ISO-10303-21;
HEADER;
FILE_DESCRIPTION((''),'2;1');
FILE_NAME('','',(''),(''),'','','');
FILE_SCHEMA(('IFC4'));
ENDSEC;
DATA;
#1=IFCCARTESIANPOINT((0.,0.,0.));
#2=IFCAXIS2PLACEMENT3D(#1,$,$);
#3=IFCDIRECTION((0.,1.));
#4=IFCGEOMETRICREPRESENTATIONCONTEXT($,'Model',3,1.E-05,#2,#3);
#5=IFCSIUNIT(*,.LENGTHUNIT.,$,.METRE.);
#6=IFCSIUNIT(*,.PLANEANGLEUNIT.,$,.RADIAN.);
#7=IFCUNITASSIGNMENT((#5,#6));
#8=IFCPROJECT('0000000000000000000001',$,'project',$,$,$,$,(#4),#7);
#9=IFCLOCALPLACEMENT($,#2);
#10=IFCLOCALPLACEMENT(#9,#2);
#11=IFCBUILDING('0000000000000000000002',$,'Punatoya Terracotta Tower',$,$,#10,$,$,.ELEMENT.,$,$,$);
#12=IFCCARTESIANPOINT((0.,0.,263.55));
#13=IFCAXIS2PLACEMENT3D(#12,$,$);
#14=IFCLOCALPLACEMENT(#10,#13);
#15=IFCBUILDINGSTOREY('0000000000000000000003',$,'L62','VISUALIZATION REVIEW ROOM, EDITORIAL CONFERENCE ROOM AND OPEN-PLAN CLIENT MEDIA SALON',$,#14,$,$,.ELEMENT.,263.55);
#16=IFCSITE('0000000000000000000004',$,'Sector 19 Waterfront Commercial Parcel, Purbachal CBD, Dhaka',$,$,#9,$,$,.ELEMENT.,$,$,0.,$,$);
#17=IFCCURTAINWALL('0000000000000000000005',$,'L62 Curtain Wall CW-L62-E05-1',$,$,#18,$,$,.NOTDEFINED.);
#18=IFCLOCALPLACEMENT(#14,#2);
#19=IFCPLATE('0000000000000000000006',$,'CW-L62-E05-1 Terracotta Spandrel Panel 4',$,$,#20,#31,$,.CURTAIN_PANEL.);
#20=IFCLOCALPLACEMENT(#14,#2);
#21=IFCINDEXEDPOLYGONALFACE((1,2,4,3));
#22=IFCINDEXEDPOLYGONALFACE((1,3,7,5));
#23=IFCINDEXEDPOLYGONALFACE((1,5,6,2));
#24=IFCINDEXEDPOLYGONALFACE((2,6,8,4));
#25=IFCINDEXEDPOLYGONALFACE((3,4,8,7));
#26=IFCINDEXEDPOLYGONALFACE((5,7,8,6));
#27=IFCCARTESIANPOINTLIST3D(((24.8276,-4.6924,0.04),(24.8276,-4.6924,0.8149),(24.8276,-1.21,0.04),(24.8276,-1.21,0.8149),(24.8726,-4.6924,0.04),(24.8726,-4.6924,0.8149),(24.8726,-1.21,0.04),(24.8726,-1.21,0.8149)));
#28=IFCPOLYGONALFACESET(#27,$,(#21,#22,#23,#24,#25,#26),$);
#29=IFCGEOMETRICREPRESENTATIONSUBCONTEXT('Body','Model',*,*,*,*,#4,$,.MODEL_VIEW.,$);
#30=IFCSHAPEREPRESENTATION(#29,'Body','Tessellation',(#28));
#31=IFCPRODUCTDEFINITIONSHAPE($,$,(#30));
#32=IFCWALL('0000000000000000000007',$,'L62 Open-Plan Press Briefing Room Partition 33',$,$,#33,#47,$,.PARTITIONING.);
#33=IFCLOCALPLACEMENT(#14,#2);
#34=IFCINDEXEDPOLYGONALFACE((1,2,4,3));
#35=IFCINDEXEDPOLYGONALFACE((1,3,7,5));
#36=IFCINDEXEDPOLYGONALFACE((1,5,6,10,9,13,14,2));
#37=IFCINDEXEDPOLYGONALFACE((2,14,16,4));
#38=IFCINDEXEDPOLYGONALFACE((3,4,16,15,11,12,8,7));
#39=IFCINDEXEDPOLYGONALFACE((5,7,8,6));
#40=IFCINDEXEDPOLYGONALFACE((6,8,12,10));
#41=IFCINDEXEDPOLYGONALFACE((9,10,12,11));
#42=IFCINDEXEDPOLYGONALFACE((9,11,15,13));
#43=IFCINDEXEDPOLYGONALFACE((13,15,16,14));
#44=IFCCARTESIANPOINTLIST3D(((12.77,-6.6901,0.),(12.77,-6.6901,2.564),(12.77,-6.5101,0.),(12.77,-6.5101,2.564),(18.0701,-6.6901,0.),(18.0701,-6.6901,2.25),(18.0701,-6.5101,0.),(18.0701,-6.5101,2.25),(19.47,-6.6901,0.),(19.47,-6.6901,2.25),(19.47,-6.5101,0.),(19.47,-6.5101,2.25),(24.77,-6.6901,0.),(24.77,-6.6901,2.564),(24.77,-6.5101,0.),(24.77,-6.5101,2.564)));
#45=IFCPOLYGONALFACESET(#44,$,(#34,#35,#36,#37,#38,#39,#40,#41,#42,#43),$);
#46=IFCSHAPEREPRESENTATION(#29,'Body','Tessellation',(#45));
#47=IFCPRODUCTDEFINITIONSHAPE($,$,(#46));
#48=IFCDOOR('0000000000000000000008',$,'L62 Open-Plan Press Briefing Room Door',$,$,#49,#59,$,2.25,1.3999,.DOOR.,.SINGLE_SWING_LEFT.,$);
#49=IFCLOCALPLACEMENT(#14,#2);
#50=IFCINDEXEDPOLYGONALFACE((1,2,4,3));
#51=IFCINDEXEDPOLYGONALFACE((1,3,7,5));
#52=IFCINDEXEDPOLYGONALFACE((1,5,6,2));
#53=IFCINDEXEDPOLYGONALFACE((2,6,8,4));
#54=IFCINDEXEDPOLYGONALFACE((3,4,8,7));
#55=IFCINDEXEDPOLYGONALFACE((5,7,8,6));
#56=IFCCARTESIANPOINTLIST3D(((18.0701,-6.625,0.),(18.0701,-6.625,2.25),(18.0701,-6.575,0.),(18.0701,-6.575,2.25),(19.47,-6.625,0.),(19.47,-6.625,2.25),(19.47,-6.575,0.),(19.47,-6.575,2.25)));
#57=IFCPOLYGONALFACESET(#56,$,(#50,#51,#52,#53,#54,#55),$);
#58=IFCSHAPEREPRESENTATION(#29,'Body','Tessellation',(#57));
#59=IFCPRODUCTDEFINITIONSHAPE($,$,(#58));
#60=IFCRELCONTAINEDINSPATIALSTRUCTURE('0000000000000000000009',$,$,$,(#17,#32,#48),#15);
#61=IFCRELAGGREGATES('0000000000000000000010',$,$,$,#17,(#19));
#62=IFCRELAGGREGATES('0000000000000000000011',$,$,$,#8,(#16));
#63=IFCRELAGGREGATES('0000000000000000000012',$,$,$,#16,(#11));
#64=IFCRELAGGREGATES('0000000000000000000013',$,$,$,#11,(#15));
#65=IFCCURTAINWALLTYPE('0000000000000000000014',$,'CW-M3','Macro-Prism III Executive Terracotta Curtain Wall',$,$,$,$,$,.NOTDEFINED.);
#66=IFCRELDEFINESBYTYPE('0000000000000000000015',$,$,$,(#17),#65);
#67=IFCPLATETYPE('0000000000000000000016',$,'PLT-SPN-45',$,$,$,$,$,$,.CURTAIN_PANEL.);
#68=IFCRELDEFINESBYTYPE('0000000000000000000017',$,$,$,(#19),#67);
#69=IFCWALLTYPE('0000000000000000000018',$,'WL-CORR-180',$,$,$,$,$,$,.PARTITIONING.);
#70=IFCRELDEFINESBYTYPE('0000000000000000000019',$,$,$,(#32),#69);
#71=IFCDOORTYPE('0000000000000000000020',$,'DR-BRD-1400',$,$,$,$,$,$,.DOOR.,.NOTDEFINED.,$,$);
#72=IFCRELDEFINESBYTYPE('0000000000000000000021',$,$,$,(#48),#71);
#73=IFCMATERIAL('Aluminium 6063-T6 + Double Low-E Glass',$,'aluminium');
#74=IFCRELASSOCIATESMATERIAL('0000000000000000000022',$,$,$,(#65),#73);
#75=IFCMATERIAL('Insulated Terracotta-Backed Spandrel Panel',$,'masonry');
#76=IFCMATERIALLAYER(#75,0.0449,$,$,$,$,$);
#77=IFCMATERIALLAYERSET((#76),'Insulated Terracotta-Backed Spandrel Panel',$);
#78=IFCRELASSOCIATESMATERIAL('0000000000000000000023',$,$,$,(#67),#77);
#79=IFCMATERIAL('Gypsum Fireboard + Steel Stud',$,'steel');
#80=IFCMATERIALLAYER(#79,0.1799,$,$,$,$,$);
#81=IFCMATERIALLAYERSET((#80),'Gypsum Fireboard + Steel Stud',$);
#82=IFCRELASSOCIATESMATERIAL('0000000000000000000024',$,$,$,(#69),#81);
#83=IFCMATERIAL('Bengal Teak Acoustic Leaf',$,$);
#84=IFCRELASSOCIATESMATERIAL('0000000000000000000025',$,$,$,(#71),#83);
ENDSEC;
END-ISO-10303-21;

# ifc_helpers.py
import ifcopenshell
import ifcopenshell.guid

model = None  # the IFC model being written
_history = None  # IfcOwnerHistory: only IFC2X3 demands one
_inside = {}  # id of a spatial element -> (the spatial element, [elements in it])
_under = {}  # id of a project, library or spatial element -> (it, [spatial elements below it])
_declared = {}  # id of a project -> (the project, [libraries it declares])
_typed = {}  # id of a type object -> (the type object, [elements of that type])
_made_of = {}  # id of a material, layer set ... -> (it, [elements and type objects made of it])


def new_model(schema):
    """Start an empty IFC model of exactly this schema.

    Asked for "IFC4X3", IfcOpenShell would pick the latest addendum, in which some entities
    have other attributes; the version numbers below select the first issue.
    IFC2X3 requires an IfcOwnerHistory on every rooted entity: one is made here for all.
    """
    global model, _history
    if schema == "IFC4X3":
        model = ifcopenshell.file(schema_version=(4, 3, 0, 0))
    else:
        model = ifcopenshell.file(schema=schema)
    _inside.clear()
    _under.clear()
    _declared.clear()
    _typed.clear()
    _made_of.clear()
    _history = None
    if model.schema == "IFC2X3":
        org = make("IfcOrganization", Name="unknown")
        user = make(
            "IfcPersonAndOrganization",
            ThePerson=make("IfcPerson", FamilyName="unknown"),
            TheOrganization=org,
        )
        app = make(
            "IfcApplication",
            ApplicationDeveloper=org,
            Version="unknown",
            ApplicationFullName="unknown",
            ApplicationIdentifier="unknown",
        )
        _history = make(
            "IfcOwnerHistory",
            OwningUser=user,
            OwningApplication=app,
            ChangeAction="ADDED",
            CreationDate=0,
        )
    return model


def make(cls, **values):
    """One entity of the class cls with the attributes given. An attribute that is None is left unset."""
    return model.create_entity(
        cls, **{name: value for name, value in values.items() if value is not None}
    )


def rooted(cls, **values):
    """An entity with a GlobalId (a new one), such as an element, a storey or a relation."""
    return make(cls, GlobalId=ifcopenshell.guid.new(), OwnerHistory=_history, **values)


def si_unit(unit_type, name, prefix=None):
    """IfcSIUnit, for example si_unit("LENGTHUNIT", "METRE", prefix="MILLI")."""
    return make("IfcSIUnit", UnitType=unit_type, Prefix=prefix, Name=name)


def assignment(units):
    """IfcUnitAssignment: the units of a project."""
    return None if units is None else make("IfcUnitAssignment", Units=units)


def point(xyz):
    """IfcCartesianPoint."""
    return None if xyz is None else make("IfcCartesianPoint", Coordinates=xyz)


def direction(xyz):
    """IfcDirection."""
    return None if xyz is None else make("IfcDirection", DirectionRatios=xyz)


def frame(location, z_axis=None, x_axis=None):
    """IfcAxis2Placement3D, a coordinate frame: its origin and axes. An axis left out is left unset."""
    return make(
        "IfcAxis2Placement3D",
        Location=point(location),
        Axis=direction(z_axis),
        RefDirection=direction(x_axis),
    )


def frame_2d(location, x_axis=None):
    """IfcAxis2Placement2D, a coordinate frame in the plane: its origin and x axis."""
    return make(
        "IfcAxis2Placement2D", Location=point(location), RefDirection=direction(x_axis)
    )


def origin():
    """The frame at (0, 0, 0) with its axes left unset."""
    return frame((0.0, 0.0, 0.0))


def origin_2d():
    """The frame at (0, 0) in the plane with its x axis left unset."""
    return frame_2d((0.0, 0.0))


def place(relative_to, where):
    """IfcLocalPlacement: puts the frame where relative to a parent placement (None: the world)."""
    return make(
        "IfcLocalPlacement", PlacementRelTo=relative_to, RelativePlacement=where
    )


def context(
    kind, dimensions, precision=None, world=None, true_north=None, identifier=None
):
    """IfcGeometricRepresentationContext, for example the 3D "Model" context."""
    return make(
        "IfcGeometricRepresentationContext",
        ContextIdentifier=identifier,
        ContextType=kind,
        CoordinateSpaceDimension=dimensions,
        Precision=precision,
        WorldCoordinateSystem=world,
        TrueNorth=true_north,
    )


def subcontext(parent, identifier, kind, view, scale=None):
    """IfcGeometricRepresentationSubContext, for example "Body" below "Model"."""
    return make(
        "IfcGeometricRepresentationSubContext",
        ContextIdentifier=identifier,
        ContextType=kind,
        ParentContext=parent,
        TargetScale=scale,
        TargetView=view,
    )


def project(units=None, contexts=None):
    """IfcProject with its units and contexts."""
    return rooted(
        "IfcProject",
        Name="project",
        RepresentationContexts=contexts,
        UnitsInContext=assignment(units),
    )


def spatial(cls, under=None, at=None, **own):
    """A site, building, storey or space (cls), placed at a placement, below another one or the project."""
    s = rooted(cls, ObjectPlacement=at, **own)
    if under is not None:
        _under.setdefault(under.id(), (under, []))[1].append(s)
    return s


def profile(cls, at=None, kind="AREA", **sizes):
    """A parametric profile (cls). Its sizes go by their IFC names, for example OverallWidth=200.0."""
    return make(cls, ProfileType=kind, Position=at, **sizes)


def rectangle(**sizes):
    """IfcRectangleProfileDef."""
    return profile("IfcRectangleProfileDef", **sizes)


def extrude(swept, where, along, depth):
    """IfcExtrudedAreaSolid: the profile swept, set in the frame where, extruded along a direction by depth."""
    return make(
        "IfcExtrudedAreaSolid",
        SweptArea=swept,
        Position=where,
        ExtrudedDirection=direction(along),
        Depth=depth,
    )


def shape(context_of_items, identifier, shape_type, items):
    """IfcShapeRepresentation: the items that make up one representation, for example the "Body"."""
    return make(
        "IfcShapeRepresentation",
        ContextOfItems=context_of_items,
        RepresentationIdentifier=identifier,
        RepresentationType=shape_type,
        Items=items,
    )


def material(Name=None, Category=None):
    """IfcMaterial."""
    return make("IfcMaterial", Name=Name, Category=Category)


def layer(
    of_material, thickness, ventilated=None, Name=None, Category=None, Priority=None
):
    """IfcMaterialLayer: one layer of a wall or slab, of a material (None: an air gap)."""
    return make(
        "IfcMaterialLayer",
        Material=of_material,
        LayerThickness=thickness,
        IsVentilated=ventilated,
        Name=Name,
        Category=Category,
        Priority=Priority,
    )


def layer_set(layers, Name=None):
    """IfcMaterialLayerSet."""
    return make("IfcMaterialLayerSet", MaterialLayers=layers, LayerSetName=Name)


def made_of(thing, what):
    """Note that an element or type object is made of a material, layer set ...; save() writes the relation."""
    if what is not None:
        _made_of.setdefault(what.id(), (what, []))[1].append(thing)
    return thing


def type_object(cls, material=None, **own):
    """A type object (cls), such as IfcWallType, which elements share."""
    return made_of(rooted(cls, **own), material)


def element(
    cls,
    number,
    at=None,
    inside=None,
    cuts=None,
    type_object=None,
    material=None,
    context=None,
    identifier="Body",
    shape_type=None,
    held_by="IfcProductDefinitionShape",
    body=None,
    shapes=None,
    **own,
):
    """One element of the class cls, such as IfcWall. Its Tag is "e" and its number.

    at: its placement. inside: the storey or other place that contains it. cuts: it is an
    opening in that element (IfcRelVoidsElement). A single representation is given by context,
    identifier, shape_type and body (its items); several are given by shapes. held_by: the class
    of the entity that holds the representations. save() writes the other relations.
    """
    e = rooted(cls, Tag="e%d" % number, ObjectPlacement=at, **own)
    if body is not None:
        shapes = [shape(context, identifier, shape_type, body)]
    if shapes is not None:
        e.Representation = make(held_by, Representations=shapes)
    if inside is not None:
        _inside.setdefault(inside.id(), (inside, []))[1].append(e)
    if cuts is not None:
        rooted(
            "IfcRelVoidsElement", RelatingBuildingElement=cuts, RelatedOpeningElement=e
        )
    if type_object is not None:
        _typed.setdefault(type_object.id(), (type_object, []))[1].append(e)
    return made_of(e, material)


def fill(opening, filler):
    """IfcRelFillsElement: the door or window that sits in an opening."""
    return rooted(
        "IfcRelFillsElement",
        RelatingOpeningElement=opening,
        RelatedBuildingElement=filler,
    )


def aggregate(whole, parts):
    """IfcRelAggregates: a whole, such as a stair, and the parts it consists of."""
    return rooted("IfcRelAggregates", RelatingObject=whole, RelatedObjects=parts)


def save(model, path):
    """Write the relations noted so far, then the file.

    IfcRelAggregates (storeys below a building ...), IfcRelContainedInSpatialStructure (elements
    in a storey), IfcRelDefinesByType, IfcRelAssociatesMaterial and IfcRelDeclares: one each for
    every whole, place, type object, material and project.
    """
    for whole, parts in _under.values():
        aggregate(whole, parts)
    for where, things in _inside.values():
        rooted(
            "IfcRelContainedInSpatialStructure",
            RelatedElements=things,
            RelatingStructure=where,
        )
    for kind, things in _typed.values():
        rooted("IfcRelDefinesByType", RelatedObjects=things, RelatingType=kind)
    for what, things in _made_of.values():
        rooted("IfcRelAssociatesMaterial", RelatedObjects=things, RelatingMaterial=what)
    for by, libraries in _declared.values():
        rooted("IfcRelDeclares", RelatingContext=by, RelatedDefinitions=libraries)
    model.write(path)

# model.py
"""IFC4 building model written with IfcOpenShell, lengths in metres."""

from ifc_helpers import new_model, si_unit, direction, frame, frame_2d, origin, origin_2d, place, context, subcontext, project, spatial, rectangle, extrude, material, layer, layer_set, type_object, element, fill, aggregate, save


model = new_model("IFC4")

# Units and contexts
model_context = context("Model", 3, precision=1e-05, world=origin(), true_north=direction((0.0, 1.0)))
body_context = subcontext(model_context, "Body", "Model", "MODEL_VIEW")
ifc_project = project(units=[si_unit("LENGTHUNIT", "METRE"), si_unit("PLANEANGLEUNIT", "RADIAN")], contexts=[model_context])

# Site, building, storey
site_placement = place(None, origin())
site = spatial("IfcSite", under=ifc_project, at=site_placement, Name="Sector 19 Waterfront Commercial Parcel, Purbachal CBD, Dhaka", CompositionType="ELEMENT", RefElevation=0.0)
building_placement = place(site_placement, origin())
building = spatial("IfcBuilding", under=site, at=building_placement, Name="Punatoya Terracotta Tower", CompositionType="ELEMENT")
storey_placement = place(building_placement, frame((0.0, 0.0, 263.55)))
storey = spatial("IfcBuildingStorey", under=building, at=storey_placement, Name="L62", Description="VISUALIZATION REVIEW ROOM, EDITORIAL CONFERENCE ROOM AND OPEN-PLAN CLIENT MEDIA SALON", CompositionType="ELEMENT", Elevation=263.55)

# Curtain wall
ifc_material_1 = material(Name="Aluminium 6063-T6 + Double Low-E Glass", Category="aluminium")
curtain_wall_type = type_object("IfcCurtainWallType", Name="CW-M3", Description="Macro-Prism III Executive Terracotta Curtain Wall", PredefinedType="NOTDEFINED", material=ifc_material_1)
curtain_wall_1_placement = place(storey_placement, origin())
curtain_wall_1 = element("IfcCurtainWall", 1, at=curtain_wall_1_placement, inside=storey, type_object=curtain_wall_type, Name="L62 Curtain Wall CW-L62-E05-1", PredefinedType="NOTDEFINED")

# Plate
ifc_material_2 = material(Name="Insulated Terracotta-Backed Spandrel Panel", Category="masonry")
ifc_layer_1 = layer(ifc_material_2, 0.0449)
ifc_layer_set_1 = layer_set([ifc_layer_1], Name="Insulated Terracotta-Backed Spandrel Panel")
plate_type_1 = type_object("IfcPlateType", Name="PLT-SPN-45", PredefinedType="CURTAIN_PANEL", material=ifc_layer_set_1)
plate_1_placement = place(storey_placement, frame((24.8501, -2.9512, 0.04), z_axis=(0.0, 0.0, 1.0), x_axis=(0.0, 1.0, 0.0)))
plate_1 = element("IfcPlate", 2, at=plate_1_placement, type_object=plate_type_1, Name="CW-L62-E05-1 Terracotta Spandrel Panel 4", PredefinedType="CURTAIN_PANEL", context=body_context, shape_type="SweptSolid", body=[
    extrude(rectangle(XDim=3.4824, YDim=0.0449, at=origin_2d()), origin(), (0.0, 0.0, 1.0), 0.7749),
])
aggregate(curtain_wall_1, [plate_1])

# Wall, opening, door
ifc_material_3 = material(Name="Gypsum Fireboard + Steel Stud", Category="steel")
ifc_layer_2 = layer(ifc_material_3, 0.1799)
ifc_layer_set_2 = layer_set([ifc_layer_2], Name="Gypsum Fireboard + Steel Stud")
wall_type = type_object("IfcWallType", Name="WL-CORR-180", PredefinedType="PARTITIONING", material=ifc_layer_set_2)
wall_placement = place(storey_placement, frame((24.77, -6.6001, 0.0), z_axis=(0.0, 0.0, 1.0), x_axis=(-1.0, 0.0, 0.0)))
wall = element("IfcWall", 3, at=wall_placement, inside=storey, type_object=wall_type, Name="L62 Open-Plan Press Briefing Room Partition 33", PredefinedType="PARTITIONING", context=body_context, shape_type="SweptSolid", body=[
    extrude(rectangle(XDim=12.0, YDim=0.1799, at=frame_2d((6.0, 0.0))), origin(), (0.0, 0.0, 1.0), 2.564),
])
opening_placement = place(wall_placement, frame((5.3, 0.0, 0.0)))
opening = element("IfcOpeningElement", 4, at=opening_placement, cuts=wall, PredefinedType="OPENING", context=body_context, shape_type="SweptSolid", body=[
    extrude(rectangle(XDim=1.3999, YDim=2.25, at=frame_2d((0.7, 1.125))), frame((0.0, 0.0999, 0.0), z_axis=(0.0, -1.0, 0.0), x_axis=(1.0, 0.0, 0.0)), (0.0, 0.0, 1.0), 0.2),
])
ifc_material_4 = material(Name="Bengal Teak Acoustic Leaf")
door_type = type_object("IfcDoorType", Name="DR-BRD-1400", OperationType="NOTDEFINED", PredefinedType="DOOR", material=ifc_material_4)
door_placement = place(opening_placement, origin())
door = element("IfcDoor", 5, at=door_placement, inside=storey, type_object=door_type, Name="L62 Open-Plan Press Briefing Room Door", OperationType="SINGLE_SWING_LEFT", OverallHeight=2.25, OverallWidth=1.3999, PredefinedType="DOOR", context=body_context, shape_type="SweptSolid", body=[
    extrude(rectangle(XDim=1.3999, YDim=2.25, at=frame_2d((0.7, 1.125))), frame((0.0, 0.0249, 0.0), z_axis=(0.0, -1.0, 0.0), x_axis=(1.0, 0.0, 0.0)), (0.0, 0.0, 1.0), 0.05),
])
fill(opening, door)

save(model, "model.ifc")
